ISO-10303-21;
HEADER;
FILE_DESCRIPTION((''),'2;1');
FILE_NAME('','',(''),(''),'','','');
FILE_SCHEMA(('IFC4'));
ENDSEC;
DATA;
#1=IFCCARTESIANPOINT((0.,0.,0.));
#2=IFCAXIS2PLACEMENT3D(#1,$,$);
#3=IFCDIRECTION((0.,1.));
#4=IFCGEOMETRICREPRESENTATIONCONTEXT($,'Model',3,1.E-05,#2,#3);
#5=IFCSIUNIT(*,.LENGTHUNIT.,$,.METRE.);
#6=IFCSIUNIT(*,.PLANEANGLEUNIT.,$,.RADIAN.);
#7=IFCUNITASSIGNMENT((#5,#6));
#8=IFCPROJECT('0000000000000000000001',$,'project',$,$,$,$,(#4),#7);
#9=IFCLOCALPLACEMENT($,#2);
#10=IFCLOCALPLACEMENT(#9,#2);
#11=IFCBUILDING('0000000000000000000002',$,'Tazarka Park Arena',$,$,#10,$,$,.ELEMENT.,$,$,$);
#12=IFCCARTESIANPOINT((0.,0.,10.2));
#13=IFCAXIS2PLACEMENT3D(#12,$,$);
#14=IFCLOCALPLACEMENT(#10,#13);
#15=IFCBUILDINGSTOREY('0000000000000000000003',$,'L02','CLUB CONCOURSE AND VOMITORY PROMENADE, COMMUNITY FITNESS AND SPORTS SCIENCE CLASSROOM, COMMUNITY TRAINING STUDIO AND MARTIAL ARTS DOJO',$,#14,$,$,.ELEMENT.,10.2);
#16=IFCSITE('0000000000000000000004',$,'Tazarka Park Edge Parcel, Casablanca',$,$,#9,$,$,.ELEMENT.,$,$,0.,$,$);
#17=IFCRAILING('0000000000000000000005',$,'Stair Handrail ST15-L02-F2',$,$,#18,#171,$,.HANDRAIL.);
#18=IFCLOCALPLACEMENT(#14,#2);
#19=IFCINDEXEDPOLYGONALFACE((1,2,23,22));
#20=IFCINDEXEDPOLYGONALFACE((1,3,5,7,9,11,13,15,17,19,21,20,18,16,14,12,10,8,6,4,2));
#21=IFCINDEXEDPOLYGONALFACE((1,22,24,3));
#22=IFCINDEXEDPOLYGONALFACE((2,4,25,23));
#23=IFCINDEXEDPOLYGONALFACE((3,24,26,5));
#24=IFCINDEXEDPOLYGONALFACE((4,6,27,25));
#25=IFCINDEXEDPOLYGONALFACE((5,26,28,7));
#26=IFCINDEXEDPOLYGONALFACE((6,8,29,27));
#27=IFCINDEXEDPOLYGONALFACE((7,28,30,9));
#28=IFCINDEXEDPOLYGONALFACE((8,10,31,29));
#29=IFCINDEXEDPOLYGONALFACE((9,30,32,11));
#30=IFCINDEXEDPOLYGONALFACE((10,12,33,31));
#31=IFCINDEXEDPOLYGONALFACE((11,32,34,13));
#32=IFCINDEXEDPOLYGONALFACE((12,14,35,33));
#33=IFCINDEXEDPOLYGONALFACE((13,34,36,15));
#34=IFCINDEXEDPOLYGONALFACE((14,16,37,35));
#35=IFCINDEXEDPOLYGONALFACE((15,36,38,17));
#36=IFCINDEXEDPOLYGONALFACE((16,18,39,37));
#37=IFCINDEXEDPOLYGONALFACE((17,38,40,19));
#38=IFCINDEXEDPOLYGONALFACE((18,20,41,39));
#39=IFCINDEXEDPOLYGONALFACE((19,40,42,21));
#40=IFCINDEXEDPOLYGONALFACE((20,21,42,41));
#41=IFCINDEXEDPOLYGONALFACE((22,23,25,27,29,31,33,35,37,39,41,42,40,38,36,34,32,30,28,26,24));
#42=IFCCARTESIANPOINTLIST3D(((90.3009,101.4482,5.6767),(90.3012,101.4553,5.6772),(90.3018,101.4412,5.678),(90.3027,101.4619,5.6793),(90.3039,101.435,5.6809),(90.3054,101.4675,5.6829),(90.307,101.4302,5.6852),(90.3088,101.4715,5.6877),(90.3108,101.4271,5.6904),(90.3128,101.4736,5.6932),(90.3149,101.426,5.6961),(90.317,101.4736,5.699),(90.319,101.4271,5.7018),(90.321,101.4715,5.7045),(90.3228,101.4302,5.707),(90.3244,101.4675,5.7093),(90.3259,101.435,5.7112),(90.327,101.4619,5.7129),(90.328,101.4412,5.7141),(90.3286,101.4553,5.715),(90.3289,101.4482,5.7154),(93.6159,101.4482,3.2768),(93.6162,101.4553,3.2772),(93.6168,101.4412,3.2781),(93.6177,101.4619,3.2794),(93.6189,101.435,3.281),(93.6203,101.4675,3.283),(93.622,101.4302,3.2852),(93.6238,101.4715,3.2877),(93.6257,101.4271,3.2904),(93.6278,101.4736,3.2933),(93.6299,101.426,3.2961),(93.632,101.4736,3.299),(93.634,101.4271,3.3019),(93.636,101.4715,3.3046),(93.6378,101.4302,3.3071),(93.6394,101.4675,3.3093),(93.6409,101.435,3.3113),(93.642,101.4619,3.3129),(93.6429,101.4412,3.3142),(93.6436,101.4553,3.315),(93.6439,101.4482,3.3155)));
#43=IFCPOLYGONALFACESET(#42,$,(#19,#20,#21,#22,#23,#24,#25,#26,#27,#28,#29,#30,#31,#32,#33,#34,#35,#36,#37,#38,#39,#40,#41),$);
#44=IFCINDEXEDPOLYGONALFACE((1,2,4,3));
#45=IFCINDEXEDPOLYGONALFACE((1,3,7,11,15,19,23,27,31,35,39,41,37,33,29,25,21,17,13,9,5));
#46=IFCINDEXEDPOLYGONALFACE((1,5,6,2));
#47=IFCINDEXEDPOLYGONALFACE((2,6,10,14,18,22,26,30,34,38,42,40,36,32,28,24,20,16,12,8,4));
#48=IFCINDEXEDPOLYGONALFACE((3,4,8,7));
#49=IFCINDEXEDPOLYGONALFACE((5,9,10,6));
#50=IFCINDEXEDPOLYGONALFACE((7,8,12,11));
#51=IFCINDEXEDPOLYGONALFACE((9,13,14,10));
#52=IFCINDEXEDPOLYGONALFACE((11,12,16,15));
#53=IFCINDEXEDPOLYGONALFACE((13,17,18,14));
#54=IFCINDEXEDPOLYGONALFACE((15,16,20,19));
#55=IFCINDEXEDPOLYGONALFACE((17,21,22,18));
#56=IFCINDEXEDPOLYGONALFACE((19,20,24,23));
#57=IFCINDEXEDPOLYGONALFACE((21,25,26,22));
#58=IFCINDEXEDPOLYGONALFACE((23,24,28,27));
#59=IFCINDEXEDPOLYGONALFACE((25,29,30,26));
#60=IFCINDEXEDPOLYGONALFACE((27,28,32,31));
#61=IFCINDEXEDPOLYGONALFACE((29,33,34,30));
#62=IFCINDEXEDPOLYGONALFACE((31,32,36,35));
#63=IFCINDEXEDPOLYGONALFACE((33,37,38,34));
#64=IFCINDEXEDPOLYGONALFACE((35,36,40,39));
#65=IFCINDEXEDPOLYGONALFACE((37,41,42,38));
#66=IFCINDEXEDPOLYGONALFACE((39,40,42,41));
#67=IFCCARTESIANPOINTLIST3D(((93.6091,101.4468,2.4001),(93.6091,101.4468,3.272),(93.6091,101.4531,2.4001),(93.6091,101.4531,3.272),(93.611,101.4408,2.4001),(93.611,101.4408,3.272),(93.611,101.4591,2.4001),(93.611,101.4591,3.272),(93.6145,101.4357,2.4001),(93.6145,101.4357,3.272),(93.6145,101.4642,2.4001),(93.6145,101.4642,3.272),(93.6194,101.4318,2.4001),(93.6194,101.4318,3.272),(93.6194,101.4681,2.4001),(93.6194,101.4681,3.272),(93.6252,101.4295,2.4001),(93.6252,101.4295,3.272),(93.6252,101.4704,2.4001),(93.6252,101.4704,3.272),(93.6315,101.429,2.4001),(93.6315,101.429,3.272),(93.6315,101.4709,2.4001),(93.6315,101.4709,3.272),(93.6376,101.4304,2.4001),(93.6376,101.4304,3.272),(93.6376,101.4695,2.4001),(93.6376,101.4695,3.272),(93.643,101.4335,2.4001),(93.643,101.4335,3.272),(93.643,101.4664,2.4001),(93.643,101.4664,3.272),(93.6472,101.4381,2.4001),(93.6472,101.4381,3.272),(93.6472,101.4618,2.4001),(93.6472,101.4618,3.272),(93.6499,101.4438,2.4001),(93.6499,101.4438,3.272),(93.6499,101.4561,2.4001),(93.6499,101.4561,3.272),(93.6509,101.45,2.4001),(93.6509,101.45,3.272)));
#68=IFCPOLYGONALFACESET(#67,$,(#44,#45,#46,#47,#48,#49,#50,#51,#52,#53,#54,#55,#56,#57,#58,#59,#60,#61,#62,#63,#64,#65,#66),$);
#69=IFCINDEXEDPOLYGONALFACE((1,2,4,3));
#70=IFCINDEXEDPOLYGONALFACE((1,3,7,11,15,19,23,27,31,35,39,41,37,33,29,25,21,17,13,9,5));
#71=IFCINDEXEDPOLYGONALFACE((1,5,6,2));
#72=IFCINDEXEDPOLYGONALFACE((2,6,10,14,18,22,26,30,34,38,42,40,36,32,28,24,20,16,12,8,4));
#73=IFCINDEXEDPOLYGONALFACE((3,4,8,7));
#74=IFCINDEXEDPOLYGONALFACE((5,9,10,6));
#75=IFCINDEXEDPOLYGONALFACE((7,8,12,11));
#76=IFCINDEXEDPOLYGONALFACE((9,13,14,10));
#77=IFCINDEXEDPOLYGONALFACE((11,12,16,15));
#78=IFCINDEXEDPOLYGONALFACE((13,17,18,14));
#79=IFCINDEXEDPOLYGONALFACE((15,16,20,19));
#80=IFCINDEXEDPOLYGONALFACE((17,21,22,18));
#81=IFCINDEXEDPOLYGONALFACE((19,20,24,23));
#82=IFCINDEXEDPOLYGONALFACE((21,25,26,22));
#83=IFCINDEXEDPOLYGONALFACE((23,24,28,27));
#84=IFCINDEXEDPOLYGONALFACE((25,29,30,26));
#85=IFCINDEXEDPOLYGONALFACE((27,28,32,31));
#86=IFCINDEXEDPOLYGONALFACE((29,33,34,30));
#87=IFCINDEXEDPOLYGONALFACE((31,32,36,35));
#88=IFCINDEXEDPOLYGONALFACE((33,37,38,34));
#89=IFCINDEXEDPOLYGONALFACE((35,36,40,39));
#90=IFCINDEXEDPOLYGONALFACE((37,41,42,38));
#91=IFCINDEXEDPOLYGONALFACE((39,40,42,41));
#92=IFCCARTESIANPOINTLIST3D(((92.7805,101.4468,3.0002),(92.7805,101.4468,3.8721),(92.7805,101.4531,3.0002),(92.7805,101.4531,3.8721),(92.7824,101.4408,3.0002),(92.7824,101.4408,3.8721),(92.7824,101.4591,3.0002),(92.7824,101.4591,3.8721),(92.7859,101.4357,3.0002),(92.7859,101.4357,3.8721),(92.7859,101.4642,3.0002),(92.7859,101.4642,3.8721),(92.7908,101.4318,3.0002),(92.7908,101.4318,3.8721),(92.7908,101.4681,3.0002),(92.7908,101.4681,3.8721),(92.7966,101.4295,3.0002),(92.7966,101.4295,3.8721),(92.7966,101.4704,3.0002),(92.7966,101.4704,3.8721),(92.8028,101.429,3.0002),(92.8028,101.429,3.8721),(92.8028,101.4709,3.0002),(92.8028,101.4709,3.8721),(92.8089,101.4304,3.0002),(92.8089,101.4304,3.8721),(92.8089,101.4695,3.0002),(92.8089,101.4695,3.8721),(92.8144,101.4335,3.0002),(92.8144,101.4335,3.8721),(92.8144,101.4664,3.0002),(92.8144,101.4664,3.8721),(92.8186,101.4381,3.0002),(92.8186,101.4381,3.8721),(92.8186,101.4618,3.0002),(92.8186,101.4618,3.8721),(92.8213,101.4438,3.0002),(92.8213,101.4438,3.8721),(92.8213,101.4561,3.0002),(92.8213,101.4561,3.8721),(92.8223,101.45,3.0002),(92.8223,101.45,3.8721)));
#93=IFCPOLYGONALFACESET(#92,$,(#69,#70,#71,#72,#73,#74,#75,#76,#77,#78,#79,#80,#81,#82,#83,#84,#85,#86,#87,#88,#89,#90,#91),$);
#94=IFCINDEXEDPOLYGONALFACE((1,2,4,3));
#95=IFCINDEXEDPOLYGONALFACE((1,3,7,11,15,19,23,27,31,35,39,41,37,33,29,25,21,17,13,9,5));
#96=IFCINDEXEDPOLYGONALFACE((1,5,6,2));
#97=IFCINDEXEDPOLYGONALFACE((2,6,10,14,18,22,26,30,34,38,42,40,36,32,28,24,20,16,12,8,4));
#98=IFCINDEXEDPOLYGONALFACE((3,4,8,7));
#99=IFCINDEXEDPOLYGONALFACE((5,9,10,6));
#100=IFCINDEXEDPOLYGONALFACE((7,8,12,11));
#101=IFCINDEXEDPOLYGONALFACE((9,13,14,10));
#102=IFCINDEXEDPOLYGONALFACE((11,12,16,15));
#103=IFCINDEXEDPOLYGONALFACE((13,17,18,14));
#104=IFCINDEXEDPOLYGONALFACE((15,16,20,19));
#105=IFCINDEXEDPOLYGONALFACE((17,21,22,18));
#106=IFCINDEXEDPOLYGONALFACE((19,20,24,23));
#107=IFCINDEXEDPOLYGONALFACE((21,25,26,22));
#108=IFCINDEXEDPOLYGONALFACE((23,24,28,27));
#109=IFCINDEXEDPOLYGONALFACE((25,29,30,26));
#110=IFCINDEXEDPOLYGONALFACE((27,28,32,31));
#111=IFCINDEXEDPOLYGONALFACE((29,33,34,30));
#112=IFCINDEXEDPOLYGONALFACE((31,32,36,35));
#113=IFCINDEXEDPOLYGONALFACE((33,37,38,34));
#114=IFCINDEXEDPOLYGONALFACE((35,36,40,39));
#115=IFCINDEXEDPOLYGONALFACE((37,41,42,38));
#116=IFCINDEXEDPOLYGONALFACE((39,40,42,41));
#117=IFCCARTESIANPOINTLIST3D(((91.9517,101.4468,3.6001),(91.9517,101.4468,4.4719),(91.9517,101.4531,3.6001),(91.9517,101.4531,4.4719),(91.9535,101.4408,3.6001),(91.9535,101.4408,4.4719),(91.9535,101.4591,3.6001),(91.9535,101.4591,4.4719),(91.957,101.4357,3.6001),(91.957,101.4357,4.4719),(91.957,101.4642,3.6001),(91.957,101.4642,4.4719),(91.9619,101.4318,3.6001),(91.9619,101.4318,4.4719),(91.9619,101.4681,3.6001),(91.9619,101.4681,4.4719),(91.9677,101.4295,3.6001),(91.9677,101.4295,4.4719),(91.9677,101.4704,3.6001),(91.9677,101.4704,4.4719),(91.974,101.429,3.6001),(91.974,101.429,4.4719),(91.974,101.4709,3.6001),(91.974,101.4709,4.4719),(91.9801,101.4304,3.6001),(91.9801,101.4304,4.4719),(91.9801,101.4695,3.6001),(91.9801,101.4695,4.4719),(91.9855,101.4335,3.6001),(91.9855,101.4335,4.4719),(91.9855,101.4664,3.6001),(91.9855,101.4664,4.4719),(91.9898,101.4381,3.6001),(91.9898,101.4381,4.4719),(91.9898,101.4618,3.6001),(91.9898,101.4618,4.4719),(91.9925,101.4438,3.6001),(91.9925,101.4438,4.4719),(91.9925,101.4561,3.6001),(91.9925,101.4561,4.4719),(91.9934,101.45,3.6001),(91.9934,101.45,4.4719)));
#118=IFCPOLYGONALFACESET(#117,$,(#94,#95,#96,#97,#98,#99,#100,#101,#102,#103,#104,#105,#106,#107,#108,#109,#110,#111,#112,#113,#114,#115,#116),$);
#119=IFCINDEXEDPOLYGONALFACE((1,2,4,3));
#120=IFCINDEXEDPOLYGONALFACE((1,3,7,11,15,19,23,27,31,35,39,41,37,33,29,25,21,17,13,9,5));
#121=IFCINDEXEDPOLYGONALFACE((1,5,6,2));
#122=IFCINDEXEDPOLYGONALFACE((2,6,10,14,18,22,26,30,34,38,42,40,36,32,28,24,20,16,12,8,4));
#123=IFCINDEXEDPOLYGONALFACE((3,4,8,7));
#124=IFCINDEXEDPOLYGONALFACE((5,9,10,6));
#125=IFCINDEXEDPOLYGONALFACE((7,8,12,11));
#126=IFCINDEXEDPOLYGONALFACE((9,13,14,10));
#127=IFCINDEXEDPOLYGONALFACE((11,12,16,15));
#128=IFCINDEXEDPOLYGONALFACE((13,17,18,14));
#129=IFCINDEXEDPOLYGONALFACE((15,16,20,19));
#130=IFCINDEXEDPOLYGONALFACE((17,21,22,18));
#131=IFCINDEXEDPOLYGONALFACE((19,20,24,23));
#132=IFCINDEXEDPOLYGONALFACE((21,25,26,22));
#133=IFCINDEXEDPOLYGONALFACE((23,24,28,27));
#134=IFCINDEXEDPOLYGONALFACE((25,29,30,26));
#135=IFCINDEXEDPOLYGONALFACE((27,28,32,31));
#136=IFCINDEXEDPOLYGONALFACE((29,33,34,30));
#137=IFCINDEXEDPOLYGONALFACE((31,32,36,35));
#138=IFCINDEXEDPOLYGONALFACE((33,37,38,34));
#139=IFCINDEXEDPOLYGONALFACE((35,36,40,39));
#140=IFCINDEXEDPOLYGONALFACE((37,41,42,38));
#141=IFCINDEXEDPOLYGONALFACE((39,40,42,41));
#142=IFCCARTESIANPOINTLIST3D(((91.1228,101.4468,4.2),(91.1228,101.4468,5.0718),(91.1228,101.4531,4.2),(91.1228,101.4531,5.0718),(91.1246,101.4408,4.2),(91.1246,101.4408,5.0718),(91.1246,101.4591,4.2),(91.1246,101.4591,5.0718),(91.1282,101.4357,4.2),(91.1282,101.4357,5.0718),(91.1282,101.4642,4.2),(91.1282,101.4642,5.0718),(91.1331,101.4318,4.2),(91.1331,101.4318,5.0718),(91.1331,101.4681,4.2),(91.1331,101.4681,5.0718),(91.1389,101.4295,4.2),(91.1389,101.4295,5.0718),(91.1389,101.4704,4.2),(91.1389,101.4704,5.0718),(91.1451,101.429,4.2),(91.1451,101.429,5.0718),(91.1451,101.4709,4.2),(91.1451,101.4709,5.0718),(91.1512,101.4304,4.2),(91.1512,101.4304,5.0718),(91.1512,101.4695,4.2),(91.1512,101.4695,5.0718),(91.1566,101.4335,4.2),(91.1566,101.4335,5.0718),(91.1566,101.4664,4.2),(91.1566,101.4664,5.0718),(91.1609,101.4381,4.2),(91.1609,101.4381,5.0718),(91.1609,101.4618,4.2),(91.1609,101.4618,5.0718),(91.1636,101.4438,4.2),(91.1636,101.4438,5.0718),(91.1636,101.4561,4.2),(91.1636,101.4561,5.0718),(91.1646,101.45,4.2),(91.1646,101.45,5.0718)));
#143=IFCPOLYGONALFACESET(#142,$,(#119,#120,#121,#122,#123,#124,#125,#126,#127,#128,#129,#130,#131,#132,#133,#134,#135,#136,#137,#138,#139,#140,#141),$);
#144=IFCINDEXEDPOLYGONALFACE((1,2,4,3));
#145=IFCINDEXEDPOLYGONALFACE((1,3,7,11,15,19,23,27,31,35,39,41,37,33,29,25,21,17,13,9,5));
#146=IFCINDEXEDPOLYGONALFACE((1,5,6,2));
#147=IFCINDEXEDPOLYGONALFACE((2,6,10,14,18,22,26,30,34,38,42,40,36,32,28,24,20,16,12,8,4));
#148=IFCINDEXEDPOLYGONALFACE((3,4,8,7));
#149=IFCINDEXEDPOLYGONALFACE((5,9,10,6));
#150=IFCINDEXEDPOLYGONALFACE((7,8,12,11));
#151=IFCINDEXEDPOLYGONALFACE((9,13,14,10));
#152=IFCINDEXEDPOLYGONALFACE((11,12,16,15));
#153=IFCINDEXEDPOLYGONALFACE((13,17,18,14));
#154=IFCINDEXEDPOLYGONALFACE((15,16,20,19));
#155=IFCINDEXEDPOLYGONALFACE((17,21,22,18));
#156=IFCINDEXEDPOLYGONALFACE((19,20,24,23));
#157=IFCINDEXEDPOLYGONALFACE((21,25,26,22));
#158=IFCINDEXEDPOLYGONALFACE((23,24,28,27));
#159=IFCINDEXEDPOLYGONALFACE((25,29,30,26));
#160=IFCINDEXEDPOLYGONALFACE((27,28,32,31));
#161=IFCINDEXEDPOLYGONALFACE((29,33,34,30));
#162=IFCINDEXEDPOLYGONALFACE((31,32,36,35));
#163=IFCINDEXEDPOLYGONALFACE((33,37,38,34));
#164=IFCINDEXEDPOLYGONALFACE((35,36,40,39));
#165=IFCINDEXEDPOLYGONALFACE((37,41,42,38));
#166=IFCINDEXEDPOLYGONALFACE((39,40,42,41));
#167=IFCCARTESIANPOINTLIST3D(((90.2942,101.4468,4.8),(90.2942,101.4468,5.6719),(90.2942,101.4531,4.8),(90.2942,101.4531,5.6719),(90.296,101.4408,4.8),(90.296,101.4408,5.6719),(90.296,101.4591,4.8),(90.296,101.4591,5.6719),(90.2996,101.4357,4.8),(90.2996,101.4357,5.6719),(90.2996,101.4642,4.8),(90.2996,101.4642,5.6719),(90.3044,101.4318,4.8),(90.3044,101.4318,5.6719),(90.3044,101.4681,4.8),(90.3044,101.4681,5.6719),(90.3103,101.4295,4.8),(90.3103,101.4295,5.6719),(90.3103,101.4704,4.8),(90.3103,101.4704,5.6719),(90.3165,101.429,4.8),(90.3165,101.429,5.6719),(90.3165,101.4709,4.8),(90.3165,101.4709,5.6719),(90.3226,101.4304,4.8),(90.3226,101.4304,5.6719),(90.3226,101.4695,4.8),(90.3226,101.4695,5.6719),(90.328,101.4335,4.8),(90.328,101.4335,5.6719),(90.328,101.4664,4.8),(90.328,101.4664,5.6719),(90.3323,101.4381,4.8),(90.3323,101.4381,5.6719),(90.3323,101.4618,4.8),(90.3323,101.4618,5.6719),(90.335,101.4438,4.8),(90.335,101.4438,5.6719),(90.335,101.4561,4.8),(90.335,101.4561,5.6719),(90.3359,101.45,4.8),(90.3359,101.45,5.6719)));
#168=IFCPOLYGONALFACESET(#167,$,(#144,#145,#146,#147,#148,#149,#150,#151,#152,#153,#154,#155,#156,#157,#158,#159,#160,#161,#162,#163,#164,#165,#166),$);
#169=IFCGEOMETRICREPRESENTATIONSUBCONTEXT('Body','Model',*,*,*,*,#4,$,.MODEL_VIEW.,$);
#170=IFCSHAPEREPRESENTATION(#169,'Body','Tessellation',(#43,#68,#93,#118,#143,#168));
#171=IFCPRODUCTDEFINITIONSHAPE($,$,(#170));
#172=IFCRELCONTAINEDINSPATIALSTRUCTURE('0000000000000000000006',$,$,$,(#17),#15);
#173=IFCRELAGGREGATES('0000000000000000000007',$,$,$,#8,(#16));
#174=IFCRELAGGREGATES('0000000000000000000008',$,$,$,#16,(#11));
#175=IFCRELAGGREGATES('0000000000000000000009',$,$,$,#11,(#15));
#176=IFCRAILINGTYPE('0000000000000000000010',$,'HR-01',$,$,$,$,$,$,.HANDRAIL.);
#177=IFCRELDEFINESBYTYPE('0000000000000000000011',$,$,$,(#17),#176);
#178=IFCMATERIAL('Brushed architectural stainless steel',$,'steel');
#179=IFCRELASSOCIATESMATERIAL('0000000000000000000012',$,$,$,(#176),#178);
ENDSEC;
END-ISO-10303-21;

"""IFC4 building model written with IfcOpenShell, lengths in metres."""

from ifc_helpers import new_model, si_unit, direction, frame, origin, origin_2d, place, context, subcontext, project, spatial, circle, extrude, material, type_object, element, save


model = new_model("IFC4")

# Units and contexts
model_context = context("Model", 3, precision=1e-05, world=origin(), true_north=direction((0.0, 1.0)))
body_context = subcontext(model_context, "Body", "Model", "MODEL_VIEW")
ifc_project = project(units=[si_unit("LENGTHUNIT", "METRE"), si_unit("PLANEANGLEUNIT", "RADIAN")], contexts=[model_context])

# Site, building, storey
site_placement = place(None, origin())
site = spatial("IfcSite", under=ifc_project, at=site_placement, Name="Tazarka Park Edge Parcel, Casablanca", CompositionType="ELEMENT", RefElevation=0.0)
building_placement = place(site_placement, origin())
building = spatial("IfcBuilding", under=site, at=building_placement, Name="Tazarka Park Arena", CompositionType="ELEMENT")
storey_placement = place(building_placement, frame((0.0, 0.0, 10.2)))
storey = spatial("IfcBuildingStorey", under=building, at=storey_placement, Name="L02", Description="CLUB CONCOURSE AND VOMITORY PROMENADE, COMMUNITY FITNESS AND SPORTS SCIENCE CLASSROOM, COMMUNITY TRAINING STUDIO AND MARTIAL ARTS DOJO", CompositionType="ELEMENT", Elevation=10.2)

# Railing
ifc_material_1 = material(Name="Brushed architectural stainless steel", Category="steel")
railing_type_1 = type_object("IfcRailingType", Name="HR-01", PredefinedType="HANDRAIL", material=ifc_material_1)
railing_1_placement = place(storey_placement, frame((93.6299, 101.45, 2.4001)))
element("IfcRailing", 1, at=railing_1_placement, inside=storey, type_object=railing_type_1, Name="Stair Handrail ST15-L02-F2", PredefinedType="HANDRAIL", context=body_context, shape_type="SweptSolid", body=[
    extrude(circle(Radius=0.0239, at=origin_2d()), frame((0.0, 0.0, 0.896), z_axis=(-0.810009, 0.0, 0.586418), x_axis=(0.0, -1.0, 0.0)), (0.0, 0.0, 1.0), 4.0925),
    extrude(circle(Radius=0.021, at=origin_2d()), origin(), (0.0, 0.0, 1.0), 0.8718),
    extrude(circle(Radius=0.021, at=origin_2d()), frame((-0.8286, 0.0, 0.6001)), (0.0, 0.0, 1.0), 0.8718),
    extrude(circle(Radius=0.021, at=origin_2d()), frame((-1.6575, 0.0, 1.2)), (0.0, 0.0, 1.0), 0.8718),
    extrude(circle(Radius=0.021, at=origin_2d()), frame((-2.4863, 0.0, 1.7998)), (0.0, 0.0, 1.0), 0.8718),
    extrude(circle(Radius=0.021, at=origin_2d()), frame((-3.3149, 0.0, 2.3999)), (0.0, 0.0, 1.0), 0.8718),
])

save(model, "model.ifc")
